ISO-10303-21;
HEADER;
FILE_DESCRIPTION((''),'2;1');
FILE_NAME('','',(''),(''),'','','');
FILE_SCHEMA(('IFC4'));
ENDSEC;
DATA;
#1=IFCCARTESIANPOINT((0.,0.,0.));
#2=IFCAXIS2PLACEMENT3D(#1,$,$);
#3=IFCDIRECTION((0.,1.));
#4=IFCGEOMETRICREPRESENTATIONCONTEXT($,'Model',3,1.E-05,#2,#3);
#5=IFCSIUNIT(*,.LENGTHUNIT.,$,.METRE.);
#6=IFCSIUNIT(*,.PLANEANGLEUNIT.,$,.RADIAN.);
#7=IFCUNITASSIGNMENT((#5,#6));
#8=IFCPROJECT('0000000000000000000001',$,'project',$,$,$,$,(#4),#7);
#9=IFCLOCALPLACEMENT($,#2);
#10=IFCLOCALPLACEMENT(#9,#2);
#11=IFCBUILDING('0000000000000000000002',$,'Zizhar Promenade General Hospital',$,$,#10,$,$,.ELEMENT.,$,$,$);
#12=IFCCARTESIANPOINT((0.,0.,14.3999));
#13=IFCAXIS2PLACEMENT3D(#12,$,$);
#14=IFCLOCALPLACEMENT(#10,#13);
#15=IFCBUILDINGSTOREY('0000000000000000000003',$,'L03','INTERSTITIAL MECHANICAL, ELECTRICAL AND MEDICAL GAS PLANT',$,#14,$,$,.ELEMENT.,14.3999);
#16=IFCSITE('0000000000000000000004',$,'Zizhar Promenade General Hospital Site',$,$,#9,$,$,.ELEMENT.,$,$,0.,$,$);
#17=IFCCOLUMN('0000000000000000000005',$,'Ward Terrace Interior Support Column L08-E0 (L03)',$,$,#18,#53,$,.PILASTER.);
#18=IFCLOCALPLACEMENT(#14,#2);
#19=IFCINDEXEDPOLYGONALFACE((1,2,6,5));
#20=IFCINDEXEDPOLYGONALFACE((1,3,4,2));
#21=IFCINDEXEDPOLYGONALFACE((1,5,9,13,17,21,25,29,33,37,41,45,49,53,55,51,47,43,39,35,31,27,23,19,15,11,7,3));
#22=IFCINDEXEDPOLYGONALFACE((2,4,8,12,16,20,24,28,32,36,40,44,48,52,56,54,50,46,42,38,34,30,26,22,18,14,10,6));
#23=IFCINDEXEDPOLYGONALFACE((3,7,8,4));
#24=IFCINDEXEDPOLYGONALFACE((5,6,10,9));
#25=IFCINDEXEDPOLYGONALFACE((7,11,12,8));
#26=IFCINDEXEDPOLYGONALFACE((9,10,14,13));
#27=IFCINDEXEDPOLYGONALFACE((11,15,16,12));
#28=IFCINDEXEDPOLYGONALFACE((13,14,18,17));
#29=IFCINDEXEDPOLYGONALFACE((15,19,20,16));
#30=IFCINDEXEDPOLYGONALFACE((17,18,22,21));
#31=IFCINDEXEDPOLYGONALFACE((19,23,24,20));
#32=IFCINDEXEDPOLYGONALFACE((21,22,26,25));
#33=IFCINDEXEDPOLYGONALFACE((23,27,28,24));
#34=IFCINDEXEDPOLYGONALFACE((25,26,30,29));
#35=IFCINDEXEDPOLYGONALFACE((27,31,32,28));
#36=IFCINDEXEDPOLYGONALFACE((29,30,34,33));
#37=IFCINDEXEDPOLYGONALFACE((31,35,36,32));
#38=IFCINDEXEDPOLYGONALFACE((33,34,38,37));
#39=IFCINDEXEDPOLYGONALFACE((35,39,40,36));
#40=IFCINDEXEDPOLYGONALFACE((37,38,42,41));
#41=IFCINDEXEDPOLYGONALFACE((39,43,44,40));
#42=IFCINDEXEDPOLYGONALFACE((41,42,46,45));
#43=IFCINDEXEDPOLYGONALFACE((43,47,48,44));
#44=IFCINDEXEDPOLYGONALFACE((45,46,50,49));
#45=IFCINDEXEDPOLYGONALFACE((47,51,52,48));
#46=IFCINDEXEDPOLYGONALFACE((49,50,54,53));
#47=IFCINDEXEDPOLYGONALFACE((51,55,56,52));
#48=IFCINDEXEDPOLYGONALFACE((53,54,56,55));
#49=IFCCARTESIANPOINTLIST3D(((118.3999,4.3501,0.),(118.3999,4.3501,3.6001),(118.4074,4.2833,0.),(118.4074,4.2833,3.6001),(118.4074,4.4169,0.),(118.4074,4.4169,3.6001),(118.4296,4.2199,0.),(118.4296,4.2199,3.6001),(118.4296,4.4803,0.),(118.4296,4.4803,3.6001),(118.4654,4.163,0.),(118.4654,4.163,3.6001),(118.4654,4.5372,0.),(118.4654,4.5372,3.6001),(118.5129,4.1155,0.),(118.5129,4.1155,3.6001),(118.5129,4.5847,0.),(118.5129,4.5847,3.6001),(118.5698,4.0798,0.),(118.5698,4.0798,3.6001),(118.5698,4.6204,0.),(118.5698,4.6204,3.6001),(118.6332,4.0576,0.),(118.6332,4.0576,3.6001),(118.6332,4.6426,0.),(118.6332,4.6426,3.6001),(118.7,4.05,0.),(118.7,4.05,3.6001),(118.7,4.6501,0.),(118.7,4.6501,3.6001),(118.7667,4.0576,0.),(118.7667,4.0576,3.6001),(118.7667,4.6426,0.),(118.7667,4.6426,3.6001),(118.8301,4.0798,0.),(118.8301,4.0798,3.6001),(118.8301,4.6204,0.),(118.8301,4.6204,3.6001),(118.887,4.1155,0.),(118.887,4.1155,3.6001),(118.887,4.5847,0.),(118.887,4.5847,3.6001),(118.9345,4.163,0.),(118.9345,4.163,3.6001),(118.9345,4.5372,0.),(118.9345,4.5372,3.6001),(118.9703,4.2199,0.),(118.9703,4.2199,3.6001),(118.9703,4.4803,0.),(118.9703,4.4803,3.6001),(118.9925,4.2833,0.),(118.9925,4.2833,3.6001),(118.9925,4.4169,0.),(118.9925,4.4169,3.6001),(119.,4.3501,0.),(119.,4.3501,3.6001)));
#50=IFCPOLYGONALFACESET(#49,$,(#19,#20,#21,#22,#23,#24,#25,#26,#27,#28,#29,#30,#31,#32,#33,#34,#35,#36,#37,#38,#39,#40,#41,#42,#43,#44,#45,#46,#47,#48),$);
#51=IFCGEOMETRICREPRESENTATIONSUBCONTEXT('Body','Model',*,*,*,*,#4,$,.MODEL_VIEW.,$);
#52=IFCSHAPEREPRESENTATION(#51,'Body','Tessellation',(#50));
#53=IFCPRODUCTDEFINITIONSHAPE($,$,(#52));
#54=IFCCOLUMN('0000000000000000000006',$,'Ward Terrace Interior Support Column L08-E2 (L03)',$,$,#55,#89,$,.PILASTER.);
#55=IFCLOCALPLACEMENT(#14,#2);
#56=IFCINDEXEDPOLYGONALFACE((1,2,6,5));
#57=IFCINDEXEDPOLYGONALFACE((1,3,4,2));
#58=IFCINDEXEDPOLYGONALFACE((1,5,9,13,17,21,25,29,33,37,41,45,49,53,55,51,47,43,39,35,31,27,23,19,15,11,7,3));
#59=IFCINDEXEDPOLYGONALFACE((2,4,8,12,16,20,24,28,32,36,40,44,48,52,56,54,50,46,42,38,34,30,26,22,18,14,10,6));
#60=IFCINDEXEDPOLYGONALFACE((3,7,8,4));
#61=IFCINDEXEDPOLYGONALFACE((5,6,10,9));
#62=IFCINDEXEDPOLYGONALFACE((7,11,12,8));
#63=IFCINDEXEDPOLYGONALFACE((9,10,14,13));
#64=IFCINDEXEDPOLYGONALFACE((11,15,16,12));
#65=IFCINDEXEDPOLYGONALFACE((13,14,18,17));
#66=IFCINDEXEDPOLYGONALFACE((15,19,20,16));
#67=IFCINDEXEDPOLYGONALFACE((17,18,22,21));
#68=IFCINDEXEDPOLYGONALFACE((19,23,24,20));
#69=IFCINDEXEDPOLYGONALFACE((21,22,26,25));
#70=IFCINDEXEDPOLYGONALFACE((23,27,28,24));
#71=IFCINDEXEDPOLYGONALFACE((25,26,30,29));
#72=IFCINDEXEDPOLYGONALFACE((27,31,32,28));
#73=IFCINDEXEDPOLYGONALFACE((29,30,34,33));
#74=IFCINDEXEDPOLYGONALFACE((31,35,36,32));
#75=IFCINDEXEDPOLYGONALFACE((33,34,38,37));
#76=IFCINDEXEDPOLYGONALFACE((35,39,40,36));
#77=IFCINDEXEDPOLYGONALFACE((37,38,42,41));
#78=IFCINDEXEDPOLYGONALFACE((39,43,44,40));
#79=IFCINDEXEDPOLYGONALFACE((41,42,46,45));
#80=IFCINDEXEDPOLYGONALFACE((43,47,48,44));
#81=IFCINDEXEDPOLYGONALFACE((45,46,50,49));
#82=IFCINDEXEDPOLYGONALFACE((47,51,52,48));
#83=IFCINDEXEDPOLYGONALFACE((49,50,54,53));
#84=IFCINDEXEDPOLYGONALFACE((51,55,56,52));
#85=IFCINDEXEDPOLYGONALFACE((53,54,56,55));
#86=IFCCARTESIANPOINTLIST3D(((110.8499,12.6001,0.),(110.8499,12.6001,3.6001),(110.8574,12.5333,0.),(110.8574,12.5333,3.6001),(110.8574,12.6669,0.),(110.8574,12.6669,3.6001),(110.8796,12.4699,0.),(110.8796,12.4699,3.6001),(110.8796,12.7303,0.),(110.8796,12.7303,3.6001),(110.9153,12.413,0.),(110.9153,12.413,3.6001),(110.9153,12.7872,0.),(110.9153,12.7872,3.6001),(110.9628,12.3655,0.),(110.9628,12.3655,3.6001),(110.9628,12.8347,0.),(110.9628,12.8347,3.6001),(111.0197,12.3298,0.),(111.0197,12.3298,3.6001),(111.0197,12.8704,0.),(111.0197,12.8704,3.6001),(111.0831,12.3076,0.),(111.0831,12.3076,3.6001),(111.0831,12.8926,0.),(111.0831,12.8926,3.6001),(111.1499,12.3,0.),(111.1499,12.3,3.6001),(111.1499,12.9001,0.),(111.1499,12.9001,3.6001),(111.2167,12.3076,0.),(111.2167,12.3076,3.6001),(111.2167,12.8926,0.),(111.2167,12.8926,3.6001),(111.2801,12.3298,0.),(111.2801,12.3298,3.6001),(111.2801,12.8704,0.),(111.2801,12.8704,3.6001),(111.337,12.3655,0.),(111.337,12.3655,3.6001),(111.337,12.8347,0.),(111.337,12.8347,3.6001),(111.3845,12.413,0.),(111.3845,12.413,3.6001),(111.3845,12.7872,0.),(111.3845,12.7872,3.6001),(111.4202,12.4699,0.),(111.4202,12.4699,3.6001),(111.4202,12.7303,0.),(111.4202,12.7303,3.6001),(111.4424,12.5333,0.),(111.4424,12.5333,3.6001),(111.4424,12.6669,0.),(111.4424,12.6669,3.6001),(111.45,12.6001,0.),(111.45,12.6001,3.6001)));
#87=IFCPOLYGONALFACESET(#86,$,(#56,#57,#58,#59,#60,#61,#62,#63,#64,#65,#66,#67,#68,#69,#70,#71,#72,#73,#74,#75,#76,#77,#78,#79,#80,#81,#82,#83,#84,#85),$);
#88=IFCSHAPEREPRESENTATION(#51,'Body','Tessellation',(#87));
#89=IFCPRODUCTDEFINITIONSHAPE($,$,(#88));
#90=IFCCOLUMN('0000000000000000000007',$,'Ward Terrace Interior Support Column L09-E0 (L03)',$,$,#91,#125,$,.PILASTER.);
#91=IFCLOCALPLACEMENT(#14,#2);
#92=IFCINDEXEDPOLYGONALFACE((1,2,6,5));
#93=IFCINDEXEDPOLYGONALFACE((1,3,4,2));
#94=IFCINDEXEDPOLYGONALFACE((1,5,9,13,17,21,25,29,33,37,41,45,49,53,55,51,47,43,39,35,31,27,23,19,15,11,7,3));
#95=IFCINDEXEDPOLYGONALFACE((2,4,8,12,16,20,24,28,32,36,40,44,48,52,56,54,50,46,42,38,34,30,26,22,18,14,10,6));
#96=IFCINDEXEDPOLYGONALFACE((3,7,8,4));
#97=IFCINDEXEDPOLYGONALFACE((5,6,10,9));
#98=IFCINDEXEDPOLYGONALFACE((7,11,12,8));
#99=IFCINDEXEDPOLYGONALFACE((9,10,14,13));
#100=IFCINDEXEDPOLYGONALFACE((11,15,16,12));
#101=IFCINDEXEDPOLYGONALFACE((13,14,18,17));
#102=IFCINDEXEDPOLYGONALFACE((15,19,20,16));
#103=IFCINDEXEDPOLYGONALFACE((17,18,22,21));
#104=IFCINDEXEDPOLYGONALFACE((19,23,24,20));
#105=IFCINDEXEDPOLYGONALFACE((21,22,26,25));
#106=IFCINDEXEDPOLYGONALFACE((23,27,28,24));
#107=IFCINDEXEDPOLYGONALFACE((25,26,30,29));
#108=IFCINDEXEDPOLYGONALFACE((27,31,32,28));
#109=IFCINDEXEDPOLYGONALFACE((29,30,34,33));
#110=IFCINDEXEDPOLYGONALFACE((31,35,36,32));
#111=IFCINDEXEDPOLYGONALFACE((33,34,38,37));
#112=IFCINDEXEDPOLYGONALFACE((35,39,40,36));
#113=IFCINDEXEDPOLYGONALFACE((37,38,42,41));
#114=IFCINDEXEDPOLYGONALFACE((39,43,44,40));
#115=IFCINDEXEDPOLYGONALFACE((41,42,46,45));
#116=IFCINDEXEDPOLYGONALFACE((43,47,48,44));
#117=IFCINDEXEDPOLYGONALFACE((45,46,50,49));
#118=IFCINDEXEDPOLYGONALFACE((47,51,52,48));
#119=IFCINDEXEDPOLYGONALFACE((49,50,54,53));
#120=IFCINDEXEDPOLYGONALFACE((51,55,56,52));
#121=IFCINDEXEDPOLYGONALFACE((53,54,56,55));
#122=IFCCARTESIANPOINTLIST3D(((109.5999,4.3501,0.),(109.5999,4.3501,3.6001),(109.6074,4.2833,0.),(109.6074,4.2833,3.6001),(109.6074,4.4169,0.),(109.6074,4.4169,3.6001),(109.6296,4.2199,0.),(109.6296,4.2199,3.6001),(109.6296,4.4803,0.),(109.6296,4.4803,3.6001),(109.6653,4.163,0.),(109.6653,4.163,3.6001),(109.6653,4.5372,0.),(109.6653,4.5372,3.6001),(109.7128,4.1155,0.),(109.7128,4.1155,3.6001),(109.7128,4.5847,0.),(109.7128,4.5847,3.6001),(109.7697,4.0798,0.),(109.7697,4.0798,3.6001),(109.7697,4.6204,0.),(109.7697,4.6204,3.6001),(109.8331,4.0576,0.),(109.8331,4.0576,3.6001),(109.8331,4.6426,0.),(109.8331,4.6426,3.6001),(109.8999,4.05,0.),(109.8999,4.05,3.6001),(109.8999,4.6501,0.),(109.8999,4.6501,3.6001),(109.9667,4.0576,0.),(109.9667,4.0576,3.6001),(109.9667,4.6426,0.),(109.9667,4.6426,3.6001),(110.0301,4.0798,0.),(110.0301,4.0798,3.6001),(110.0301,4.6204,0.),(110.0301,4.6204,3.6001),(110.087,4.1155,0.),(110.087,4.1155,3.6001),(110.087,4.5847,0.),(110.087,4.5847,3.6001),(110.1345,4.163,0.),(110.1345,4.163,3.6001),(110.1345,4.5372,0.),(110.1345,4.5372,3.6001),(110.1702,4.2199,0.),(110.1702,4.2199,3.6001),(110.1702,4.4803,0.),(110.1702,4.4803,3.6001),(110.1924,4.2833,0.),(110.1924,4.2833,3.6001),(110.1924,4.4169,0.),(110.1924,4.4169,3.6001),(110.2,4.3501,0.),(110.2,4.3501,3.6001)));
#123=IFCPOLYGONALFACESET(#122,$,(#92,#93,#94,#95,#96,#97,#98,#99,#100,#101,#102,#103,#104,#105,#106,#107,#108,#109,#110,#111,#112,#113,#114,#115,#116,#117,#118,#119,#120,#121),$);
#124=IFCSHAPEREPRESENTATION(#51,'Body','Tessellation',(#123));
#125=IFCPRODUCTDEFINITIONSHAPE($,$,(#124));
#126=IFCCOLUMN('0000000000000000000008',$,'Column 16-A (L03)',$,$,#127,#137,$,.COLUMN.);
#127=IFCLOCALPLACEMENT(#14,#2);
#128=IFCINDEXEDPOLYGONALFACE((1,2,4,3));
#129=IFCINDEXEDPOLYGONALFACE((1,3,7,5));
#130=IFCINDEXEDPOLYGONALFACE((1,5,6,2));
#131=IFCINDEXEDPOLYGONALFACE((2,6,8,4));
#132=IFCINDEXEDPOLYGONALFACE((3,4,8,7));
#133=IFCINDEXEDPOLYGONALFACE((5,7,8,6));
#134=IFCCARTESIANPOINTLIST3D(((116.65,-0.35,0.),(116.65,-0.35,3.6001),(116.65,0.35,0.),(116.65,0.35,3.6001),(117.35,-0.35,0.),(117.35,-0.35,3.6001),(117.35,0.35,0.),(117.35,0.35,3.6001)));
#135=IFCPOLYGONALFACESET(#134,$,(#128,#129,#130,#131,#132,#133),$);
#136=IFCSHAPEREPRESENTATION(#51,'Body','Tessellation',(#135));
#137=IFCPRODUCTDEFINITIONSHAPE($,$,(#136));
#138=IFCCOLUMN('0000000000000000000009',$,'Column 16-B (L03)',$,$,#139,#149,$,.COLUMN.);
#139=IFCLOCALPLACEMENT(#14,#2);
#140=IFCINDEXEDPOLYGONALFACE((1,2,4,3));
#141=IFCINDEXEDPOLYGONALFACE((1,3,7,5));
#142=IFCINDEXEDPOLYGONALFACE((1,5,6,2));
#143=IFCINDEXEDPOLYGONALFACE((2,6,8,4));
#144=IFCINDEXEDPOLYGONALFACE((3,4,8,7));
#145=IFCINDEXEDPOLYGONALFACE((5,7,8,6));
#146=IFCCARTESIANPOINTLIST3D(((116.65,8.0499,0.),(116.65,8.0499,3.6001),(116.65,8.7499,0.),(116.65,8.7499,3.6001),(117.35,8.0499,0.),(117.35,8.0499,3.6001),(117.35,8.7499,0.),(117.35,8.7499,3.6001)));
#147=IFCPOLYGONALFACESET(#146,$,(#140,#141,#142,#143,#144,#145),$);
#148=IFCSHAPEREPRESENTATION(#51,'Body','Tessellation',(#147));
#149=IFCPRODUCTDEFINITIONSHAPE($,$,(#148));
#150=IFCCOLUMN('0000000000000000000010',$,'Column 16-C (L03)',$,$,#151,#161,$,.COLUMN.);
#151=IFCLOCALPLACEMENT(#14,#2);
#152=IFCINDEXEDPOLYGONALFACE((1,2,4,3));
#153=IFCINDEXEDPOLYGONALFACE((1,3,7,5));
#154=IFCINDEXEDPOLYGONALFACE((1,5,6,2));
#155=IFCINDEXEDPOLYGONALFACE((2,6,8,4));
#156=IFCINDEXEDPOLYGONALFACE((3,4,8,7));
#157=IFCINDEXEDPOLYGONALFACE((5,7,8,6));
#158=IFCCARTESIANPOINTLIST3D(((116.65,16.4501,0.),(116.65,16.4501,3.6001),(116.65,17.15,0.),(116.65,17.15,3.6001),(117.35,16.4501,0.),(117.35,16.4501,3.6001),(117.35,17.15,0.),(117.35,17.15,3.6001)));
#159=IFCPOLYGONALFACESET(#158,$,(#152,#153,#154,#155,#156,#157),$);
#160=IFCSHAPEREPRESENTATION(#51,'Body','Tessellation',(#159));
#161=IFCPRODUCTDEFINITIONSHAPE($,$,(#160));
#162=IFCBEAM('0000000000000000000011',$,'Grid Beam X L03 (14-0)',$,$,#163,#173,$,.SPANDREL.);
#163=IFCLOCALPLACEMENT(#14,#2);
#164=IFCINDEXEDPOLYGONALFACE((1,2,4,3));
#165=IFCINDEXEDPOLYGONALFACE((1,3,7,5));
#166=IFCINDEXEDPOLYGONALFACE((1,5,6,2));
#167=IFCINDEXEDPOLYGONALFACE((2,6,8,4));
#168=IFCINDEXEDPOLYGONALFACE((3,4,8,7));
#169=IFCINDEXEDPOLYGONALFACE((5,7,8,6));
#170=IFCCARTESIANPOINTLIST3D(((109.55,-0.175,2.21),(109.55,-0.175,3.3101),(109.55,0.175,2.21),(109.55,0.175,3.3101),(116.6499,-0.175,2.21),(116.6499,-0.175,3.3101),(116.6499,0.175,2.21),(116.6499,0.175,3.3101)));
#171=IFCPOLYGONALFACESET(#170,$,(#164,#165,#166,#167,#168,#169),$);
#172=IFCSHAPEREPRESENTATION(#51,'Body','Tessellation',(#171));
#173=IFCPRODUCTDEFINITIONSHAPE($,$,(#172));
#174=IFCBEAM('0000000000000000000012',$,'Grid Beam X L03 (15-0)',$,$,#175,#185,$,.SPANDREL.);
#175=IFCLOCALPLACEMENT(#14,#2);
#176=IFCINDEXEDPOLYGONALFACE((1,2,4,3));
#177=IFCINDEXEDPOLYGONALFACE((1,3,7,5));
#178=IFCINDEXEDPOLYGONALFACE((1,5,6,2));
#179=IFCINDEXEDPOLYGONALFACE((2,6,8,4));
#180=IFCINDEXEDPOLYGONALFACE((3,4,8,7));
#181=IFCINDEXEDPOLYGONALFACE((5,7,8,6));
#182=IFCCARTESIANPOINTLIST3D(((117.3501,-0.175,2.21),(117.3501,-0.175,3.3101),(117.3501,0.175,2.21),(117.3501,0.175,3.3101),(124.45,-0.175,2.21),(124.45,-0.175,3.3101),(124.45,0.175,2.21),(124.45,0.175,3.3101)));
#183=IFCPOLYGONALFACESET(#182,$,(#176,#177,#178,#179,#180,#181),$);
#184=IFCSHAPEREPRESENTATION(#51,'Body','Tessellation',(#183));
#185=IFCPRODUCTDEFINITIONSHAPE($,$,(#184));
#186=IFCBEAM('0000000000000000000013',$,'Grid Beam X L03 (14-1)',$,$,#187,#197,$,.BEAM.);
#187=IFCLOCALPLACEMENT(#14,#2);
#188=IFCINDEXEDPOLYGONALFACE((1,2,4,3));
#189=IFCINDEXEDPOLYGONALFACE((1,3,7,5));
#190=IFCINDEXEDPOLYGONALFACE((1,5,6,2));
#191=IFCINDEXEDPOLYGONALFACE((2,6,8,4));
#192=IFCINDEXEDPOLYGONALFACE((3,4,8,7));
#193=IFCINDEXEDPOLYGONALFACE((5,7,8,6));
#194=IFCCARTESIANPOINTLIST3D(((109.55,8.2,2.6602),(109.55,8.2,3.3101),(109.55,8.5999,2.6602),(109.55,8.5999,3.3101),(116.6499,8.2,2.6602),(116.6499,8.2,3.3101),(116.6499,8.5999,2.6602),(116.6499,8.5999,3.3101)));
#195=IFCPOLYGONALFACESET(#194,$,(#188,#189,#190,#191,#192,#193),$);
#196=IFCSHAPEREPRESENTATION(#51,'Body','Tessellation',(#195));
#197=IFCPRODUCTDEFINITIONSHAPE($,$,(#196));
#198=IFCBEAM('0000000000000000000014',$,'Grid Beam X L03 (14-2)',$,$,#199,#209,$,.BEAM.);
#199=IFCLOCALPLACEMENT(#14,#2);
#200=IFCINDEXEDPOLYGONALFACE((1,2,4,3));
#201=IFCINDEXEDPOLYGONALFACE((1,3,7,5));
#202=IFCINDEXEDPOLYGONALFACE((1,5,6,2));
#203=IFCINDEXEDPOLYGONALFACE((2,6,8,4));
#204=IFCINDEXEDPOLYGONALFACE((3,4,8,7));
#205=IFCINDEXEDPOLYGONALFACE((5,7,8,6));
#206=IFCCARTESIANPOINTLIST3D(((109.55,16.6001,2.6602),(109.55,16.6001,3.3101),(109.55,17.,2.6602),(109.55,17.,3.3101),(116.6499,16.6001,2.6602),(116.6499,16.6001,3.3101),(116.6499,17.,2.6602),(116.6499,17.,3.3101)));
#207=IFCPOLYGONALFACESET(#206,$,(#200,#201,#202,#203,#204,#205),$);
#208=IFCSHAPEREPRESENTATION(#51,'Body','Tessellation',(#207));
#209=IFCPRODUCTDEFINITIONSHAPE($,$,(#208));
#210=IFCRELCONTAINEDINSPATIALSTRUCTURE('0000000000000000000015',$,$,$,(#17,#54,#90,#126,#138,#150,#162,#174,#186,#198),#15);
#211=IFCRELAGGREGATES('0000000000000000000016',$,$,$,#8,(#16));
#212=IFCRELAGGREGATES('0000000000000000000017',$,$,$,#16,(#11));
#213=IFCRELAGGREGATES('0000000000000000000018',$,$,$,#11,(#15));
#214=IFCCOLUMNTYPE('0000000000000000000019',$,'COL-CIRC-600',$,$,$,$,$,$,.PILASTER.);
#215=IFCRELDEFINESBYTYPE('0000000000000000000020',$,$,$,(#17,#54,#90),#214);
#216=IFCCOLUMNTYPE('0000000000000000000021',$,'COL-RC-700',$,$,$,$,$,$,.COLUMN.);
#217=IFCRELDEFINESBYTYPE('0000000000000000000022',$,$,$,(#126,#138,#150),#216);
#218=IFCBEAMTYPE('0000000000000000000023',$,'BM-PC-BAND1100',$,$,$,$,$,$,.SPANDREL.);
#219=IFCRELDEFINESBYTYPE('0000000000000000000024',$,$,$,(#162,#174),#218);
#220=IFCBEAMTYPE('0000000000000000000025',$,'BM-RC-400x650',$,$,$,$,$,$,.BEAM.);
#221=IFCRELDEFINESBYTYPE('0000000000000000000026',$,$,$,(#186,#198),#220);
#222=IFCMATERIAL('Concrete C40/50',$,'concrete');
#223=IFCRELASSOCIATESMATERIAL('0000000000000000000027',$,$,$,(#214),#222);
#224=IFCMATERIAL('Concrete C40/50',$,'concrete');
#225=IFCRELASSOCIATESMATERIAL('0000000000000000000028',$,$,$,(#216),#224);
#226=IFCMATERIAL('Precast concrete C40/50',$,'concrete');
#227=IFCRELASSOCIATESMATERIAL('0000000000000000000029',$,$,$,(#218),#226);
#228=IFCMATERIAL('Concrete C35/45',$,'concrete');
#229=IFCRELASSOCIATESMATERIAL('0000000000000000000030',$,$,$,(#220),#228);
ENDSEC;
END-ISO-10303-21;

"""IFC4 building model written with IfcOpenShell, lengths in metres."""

from ifc_helpers import new_model, si_unit, direction, frame, origin, origin_2d, place, context, subcontext, project, spatial, rectangle, circle, extrude, material, material_profile, profile_set, type_object, element, save


model = new_model("IFC4")

# Units and contexts
model_context = context("Model", 3, precision=1e-05, world=origin(), true_north=direction((0.0, 1.0)))
body_context = subcontext(model_context, "Body", "Model", "MODEL_VIEW")
ifc_project = project(units=[si_unit("LENGTHUNIT", "METRE"), si_unit("PLANEANGLEUNIT", "RADIAN")], contexts=[model_context])

# Site, building, storey
site_placement = place(None, origin())
site = spatial("IfcSite", under=ifc_project, at=site_placement, Name="Zizhar Promenade General Hospital Site", CompositionType="ELEMENT", RefElevation=0.0)
building_placement = place(site_placement, origin())
building = spatial("IfcBuilding", under=site, at=building_placement, Name="Zizhar Promenade General Hospital", CompositionType="ELEMENT")
storey_placement = place(building_placement, frame((0.0, 0.0, 14.3999)))
storey = spatial("IfcBuildingStorey", under=building, at=storey_placement, Name="L03", Description="INTERSTITIAL MECHANICAL, ELECTRICAL AND MEDICAL GAS PLANT", CompositionType="ELEMENT", Elevation=14.3999)

# Columns
ifc_material_1 = material(Name="Concrete C40/50", Category="concrete")
ifc_material_profile_1 = material_profile(ifc_material_1, circle(Radius=0.3, at=origin_2d()))
ifc_profile_set_1 = profile_set([ifc_material_profile_1], Name="Concrete C40/50")
column_type_1 = type_object("IfcColumnType", Name="COL-CIRC-600", PredefinedType="PILASTER", material=ifc_profile_set_1)
for number, where, z_axis, x_axis, name in (
    (1, (118.7, 4.3501, 0.0), (0.0, 0.0, 1.0), (1.0, 0.0, 0.0), "Ward Terrace Interior Support Column L08-E0 (L03)"),
    (2, (111.1499, 12.6001, 0.0), (0.0, 0.0, 1.0), (1.0, 0.0, 0.0), "Ward Terrace Interior Support Column L08-E2 (L03)"),
    (3, (109.8999, 4.3501, 0.0), (0.0, 0.0, 1.0), (1.0, 0.0, 0.0), "Ward Terrace Interior Support Column L09-E0 (L03)"),
):
    element("IfcColumn", number, at=place(storey_placement, frame(where, z_axis=z_axis, x_axis=x_axis)), inside=storey, type_object=column_type_1, Name=name, PredefinedType="PILASTER", context=body_context, shape_type="SweptSolid", body=[
        extrude(circle(Radius=0.3, at=origin_2d()), origin(), (0.0, 0.0, 1.0), 3.6001),
    ])
ifc_material_2 = material(Name="Concrete C40/50", Category="concrete")
ifc_material_profile_2 = material_profile(ifc_material_2, rectangle(XDim=0.7, YDim=0.7, at=origin_2d()))
ifc_profile_set_2 = profile_set([ifc_material_profile_2], Name="Concrete C40/50")
column_type_2 = type_object("IfcColumnType", Name="COL-RC-700", PredefinedType="COLUMN", material=ifc_profile_set_2)
for number, where, z_axis, x_axis, name in (
    (4, (117.0, 0.0, 0.0), (0.0, 0.0, 1.0), (1.0, 0.0, 0.0), "Column 16-A (L03)"),
    (5, (117.0, 8.3999, 0.0), (0.0, 0.0, 1.0), (1.0, 0.0, 0.0), "Column 16-B (L03)"),
    (6, (117.0, 16.8, 0.0), (0.0, 0.0, 1.0), (1.0, 0.0, 0.0), "Column 16-C (L03)"),
):
    element("IfcColumn", number, at=place(storey_placement, frame(where, z_axis=z_axis, x_axis=x_axis)), inside=storey, type_object=column_type_2, Name=name, PredefinedType="COLUMN", context=body_context, shape_type="SweptSolid", body=[
        extrude(rectangle(XDim=0.7, YDim=0.7, at=origin_2d()), origin(), (0.0, 0.0, 1.0), 3.6001),
    ])

# Beams
ifc_material_3 = material(Name="Precast concrete C40/50", Category="concrete")
ifc_material_profile_3 = material_profile(ifc_material_3, rectangle(XDim=0.3501, YDim=1.1001, at=origin_2d()))
ifc_profile_set_3 = profile_set([ifc_material_profile_3], Name="Precast concrete C40/50")
beam_type_1 = type_object("IfcBeamType", Name="BM-PC-BAND1100", PredefinedType="SPANDREL", material=ifc_profile_set_3)
for number, where, z_axis, x_axis, name in (
    (7, (109.55, 0.0, 2.76), (1.0, 0.0, 0.0), (0.0, 1.0, 0.0), "Grid Beam X L03 (14-0)"),
    (8, (117.3501, 0.0, 2.76), (1.0, 0.0, 0.0), (0.0, 1.0, 0.0), "Grid Beam X L03 (15-0)"),
):
    element("IfcBeam", number, at=place(storey_placement, frame(where, z_axis=z_axis, x_axis=x_axis)), inside=storey, type_object=beam_type_1, Name=name, PredefinedType="SPANDREL", context=body_context, shape_type="SweptSolid", body=[
        extrude(rectangle(XDim=0.3501, YDim=1.1001, at=origin_2d()), origin(), (0.0, 0.0, 1.0), 7.0999),
    ])
ifc_material_4 = material(Name="Concrete C35/45", Category="concrete")
ifc_material_profile_4 = material_profile(ifc_material_4, rectangle(XDim=0.3999, YDim=0.6499, at=origin_2d()))
ifc_profile_set_4 = profile_set([ifc_material_profile_4], Name="Concrete C35/45")
beam_type_2 = type_object("IfcBeamType", Name="BM-RC-400x650", PredefinedType="BEAM", material=ifc_profile_set_4)
for number, where, z_axis, x_axis, name in (
    (9, (109.55, 8.3999, 2.9851), (1.0, 0.0, 0.0), (0.0, 1.0, 0.0), "Grid Beam X L03 (14-1)"),
    (10, (109.55, 16.8, 2.9851), (1.0, 0.0, 0.0), (0.0, 1.0, 0.0), "Grid Beam X L03 (14-2)"),
):
    element("IfcBeam", number, at=place(storey_placement, frame(where, z_axis=z_axis, x_axis=x_axis)), inside=storey, type_object=beam_type_2, Name=name, PredefinedType="BEAM", context=body_context, shape_type="SweptSolid", body=[
        extrude(rectangle(XDim=0.3999, YDim=0.6499, at=origin_2d()), origin(), (0.0, 0.0, 1.0), 7.0999),
    ])

save(model, "model.ifc")
